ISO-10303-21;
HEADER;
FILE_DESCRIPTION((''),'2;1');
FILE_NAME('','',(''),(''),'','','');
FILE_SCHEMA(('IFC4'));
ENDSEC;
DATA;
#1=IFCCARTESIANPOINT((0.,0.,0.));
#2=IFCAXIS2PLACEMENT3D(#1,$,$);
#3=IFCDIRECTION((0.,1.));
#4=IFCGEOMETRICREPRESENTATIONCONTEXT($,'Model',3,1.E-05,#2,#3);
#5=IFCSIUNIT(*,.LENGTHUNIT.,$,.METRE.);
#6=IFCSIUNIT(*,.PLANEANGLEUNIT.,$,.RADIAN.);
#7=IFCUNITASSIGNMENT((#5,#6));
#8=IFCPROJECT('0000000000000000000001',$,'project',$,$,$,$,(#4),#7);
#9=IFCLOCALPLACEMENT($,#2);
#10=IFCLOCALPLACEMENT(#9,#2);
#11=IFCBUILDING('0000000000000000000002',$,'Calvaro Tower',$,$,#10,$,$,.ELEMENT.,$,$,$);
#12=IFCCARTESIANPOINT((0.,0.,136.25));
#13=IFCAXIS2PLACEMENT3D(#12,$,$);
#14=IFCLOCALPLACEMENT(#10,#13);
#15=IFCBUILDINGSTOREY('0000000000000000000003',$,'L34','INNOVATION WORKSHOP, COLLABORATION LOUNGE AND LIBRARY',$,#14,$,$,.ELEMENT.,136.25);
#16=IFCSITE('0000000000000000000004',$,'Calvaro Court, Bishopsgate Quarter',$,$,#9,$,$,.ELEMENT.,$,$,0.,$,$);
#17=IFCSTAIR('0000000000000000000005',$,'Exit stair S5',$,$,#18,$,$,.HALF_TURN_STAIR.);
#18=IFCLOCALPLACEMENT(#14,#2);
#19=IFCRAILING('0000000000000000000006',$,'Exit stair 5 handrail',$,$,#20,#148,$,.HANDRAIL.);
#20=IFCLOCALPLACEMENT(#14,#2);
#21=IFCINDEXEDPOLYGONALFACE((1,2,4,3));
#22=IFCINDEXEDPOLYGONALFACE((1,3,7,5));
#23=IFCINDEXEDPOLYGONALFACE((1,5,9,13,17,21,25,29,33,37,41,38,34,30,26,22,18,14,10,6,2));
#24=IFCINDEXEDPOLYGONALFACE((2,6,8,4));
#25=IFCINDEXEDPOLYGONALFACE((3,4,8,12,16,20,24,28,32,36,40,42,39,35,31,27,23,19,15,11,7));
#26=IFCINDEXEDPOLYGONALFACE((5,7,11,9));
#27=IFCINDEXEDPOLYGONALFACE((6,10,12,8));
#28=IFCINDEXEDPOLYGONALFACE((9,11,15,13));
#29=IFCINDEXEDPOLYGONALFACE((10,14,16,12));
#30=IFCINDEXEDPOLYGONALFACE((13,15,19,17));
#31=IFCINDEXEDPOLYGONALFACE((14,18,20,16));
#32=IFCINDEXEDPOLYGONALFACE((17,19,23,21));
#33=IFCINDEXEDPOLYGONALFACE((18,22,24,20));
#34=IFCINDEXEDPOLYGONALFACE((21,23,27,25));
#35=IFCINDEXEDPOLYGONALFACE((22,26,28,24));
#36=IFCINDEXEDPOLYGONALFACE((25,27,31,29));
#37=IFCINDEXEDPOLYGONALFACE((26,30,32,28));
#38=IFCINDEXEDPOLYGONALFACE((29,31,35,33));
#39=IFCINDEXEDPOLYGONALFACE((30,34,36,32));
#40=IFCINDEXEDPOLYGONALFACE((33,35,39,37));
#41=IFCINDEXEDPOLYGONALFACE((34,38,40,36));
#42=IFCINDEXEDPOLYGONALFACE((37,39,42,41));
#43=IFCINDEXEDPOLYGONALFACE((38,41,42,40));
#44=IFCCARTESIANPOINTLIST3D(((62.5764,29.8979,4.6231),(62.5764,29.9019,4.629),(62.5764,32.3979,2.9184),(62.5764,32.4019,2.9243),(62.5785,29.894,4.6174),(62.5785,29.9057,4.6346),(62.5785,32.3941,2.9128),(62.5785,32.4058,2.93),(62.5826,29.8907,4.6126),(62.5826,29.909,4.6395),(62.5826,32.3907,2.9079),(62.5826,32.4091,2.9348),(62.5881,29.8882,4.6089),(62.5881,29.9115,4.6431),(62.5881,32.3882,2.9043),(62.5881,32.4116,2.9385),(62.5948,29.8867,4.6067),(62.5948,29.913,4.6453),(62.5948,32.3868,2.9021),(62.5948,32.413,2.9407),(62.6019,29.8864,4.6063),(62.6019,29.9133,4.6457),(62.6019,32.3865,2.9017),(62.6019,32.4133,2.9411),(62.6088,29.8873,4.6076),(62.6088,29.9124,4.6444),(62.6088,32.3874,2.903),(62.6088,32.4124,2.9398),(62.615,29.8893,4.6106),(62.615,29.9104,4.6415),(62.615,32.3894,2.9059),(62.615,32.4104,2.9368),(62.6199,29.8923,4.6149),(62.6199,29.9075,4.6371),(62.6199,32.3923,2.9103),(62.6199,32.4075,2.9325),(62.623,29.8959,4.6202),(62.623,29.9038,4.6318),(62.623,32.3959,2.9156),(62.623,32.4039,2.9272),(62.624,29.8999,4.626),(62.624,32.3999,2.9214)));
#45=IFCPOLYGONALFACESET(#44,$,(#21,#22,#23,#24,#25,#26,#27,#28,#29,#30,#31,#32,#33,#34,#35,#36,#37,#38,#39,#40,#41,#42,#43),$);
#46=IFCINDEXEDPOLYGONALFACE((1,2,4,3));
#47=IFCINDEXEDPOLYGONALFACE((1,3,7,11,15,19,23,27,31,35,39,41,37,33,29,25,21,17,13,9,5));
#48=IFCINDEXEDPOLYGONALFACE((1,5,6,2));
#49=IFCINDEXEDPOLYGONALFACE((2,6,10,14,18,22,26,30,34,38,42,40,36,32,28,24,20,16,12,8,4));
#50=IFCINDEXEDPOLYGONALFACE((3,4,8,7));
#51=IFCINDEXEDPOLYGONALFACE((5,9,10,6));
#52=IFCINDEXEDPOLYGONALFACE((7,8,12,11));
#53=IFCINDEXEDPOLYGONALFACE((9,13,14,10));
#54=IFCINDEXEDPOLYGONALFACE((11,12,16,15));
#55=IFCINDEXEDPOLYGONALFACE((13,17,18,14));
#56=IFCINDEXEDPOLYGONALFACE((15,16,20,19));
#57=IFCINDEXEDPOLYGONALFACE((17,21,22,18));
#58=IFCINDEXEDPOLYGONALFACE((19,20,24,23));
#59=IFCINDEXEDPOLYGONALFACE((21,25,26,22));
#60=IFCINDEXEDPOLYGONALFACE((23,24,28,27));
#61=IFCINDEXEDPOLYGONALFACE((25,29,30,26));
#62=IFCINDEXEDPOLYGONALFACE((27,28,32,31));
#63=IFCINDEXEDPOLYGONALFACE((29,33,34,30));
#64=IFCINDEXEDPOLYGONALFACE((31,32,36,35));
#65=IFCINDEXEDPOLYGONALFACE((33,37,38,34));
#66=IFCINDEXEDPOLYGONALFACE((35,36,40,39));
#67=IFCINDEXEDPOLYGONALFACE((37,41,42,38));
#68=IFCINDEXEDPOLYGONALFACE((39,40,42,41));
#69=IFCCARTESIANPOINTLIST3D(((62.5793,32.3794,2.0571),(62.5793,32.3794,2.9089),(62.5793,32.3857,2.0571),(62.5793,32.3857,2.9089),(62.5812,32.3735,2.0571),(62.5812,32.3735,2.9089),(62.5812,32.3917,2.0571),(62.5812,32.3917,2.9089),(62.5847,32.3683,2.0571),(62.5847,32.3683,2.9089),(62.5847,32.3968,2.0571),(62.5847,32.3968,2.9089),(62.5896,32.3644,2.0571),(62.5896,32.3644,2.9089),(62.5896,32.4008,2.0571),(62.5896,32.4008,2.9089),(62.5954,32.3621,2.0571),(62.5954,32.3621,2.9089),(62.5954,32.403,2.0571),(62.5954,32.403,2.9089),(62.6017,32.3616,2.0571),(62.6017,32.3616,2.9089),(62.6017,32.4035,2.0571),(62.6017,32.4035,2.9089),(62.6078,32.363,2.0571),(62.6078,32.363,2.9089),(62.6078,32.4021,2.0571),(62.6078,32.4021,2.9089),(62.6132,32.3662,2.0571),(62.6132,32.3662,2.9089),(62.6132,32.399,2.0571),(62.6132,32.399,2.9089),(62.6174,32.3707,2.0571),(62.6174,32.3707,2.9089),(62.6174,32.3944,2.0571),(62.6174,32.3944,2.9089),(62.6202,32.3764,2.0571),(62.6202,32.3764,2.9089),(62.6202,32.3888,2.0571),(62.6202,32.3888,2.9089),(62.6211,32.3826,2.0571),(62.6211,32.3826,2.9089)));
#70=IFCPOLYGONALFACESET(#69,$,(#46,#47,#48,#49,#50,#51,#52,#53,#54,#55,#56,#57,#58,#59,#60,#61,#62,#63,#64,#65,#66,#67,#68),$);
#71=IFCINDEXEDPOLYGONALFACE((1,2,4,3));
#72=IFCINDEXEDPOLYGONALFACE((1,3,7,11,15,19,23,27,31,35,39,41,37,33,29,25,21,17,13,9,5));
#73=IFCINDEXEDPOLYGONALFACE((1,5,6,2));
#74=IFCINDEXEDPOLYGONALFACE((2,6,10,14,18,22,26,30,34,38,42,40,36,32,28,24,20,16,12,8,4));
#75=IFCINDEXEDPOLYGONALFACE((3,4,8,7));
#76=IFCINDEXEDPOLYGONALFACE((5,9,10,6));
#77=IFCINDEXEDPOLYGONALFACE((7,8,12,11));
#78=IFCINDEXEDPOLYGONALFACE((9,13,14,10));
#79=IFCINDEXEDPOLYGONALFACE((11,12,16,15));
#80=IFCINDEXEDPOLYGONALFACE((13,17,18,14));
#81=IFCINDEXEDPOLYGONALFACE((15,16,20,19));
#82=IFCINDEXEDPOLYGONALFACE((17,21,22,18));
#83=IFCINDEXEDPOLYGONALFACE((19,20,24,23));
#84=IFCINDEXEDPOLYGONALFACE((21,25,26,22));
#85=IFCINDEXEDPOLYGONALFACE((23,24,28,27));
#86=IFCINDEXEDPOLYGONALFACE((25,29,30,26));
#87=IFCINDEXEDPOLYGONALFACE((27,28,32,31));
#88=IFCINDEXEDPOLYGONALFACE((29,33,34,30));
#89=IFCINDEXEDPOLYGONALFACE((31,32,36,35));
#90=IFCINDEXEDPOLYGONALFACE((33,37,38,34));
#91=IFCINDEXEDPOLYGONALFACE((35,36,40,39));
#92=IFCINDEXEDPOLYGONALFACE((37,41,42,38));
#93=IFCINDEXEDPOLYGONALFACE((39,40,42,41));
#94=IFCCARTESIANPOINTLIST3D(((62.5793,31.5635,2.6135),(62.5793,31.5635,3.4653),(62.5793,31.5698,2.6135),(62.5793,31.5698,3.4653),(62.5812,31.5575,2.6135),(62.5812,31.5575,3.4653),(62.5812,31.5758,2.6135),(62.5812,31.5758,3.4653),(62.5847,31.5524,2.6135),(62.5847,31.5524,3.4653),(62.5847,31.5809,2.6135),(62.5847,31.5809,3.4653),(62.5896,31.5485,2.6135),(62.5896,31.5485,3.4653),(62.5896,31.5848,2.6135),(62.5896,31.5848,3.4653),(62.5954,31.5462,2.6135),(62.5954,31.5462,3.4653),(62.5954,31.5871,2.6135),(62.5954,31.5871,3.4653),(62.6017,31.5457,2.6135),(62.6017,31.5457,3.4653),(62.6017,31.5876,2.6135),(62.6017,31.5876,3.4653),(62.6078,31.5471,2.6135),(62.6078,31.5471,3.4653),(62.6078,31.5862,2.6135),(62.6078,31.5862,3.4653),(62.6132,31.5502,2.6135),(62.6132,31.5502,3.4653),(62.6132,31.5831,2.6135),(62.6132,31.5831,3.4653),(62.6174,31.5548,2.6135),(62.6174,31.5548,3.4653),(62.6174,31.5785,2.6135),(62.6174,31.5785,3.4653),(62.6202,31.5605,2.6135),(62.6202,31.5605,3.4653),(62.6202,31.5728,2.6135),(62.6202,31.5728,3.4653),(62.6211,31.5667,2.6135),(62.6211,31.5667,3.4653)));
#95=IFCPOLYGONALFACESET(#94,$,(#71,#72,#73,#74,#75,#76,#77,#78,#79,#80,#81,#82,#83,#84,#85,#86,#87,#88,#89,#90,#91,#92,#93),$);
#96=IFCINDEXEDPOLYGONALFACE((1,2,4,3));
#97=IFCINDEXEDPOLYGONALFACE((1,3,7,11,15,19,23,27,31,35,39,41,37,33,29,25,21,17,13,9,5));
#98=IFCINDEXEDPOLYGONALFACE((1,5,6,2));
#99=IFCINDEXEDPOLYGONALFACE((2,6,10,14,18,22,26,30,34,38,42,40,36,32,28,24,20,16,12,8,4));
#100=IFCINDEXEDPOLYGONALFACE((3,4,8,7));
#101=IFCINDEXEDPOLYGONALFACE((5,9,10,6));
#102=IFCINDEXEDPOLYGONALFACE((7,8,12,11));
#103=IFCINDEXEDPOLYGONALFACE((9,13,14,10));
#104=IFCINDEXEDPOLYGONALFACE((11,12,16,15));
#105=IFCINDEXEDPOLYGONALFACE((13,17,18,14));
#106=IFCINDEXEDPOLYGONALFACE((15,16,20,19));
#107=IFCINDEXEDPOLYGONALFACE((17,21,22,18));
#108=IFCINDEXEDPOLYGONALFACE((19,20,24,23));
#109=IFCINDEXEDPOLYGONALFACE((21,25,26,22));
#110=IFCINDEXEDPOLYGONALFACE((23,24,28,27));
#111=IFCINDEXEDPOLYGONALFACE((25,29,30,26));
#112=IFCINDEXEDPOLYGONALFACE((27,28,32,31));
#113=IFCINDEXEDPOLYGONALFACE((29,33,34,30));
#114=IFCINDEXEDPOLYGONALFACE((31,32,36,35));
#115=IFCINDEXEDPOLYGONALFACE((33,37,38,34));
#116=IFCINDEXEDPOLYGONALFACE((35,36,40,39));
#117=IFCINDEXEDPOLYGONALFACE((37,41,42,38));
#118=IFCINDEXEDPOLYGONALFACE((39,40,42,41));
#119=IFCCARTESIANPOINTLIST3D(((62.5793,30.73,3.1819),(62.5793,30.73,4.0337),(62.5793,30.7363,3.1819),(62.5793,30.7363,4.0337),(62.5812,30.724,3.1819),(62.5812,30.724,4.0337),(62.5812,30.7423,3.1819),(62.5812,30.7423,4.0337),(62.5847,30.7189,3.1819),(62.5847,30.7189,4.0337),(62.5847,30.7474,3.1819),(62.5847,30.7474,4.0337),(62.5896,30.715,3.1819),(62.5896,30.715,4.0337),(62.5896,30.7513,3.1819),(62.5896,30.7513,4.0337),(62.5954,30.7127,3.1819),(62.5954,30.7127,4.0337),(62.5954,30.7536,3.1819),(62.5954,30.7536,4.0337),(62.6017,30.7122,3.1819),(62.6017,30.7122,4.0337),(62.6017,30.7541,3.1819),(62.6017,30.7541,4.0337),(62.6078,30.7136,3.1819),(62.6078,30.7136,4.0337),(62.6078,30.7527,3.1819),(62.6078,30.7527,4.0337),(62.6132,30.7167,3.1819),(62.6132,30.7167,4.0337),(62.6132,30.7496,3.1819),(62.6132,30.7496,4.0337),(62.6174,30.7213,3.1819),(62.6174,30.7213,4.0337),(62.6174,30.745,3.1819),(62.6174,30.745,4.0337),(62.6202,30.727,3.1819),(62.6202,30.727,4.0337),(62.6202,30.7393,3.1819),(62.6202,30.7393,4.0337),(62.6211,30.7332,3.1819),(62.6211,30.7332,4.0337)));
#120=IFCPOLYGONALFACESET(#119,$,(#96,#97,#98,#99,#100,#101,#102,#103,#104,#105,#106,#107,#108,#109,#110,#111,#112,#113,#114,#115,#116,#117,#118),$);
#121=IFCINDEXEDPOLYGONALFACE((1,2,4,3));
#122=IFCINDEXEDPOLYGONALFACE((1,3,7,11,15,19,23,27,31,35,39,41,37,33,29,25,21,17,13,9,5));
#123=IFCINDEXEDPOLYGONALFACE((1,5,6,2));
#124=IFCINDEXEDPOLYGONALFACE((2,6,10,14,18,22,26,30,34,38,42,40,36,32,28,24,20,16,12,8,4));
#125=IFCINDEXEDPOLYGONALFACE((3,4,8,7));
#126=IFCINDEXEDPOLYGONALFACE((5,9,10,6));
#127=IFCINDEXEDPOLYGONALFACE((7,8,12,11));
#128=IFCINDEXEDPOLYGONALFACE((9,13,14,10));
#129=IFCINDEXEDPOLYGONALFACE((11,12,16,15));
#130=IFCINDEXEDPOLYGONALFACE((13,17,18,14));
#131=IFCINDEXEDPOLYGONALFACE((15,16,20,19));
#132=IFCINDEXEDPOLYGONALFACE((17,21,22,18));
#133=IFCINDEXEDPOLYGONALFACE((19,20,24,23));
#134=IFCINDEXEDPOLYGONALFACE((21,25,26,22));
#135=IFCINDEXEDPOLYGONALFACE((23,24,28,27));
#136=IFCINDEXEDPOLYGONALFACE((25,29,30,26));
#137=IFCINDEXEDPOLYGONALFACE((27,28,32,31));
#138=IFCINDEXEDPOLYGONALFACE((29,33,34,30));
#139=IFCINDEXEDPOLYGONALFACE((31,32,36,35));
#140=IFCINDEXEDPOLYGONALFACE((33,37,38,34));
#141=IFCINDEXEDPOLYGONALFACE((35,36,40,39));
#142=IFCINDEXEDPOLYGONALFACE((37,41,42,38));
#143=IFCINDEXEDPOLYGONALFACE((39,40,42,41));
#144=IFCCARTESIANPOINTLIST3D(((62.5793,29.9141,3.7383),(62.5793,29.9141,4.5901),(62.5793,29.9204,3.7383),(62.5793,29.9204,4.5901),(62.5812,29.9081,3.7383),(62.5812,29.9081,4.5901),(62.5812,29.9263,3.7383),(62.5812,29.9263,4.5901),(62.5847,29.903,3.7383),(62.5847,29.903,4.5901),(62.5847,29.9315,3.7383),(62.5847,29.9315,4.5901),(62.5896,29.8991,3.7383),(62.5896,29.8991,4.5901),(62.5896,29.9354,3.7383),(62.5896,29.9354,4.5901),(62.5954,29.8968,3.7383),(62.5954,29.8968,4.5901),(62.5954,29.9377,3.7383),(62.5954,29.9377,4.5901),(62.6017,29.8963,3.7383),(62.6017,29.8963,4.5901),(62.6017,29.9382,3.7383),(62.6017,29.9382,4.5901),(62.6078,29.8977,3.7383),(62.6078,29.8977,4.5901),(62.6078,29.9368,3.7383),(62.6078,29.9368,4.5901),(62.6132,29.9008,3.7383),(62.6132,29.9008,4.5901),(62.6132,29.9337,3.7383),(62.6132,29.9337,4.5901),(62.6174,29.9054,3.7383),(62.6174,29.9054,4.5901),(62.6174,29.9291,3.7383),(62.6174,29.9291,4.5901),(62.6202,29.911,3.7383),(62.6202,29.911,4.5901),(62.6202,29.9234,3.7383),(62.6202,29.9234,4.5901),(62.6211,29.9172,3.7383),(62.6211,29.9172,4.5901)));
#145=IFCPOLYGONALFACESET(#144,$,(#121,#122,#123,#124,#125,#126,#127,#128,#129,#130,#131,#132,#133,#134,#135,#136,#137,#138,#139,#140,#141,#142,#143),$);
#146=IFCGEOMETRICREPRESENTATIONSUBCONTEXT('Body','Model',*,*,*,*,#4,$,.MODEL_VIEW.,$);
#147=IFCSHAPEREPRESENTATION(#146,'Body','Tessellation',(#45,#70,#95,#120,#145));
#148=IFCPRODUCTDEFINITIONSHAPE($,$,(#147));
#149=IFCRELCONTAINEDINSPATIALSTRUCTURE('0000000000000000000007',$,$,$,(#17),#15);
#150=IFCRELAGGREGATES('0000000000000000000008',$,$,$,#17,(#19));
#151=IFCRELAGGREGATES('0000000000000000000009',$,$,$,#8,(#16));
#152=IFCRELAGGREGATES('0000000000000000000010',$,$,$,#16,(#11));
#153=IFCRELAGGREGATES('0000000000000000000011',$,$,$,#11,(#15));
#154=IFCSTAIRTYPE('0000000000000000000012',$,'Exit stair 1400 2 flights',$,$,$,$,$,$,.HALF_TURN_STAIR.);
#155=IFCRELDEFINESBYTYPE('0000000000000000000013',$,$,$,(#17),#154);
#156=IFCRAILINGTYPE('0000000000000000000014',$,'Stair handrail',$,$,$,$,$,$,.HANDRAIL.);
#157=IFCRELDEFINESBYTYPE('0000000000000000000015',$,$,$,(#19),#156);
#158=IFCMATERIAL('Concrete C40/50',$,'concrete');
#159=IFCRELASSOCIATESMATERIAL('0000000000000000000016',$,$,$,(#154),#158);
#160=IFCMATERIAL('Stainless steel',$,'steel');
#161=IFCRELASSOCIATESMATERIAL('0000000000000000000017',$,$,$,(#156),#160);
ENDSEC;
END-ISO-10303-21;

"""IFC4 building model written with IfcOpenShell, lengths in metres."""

from ifc_helpers import new_model, si_unit, direction, frame, origin, origin_2d, place, context, subcontext, project, spatial, circle, extrude, material, type_object, element, aggregate, save


model = new_model("IFC4")

# Units and contexts
model_context = context("Model", 3, precision=1e-05, world=origin(), true_north=direction((0.0, 1.0)))
body_context = subcontext(model_context, "Body", "Model", "MODEL_VIEW")
ifc_project = project(units=[si_unit("LENGTHUNIT", "METRE"), si_unit("PLANEANGLEUNIT", "RADIAN")], contexts=[model_context])

# Site, building, storey
site_placement = place(None, origin())
site = spatial("IfcSite", under=ifc_project, at=site_placement, Name="Calvaro Court, Bishopsgate Quarter", CompositionType="ELEMENT", RefElevation=0.0)
building_placement = place(site_placement, origin())
building = spatial("IfcBuilding", under=site, at=building_placement, Name="Calvaro Tower", CompositionType="ELEMENT")
storey_placement = place(building_placement, frame((0.0, 0.0, 136.25)))
storey = spatial("IfcBuildingStorey", under=building, at=storey_placement, Name="L34", Description="INNOVATION WORKSHOP, COLLABORATION LOUNGE AND LIBRARY", CompositionType="ELEMENT", Elevation=136.25)

# Stair
ifc_material_1 = material(Name="Concrete C40/50", Category="concrete")
stair_type = type_object("IfcStairType", Name="Exit stair 1400 2 flights", PredefinedType="HALF_TURN_STAIR", material=ifc_material_1)
stair_1_placement = place(storey_placement, origin())
stair_1 = element("IfcStair", 1, at=stair_1_placement, inside=storey, type_object=stair_type, Name="Exit stair S5", PredefinedType="HALF_TURN_STAIR")

# Shared definitions
ifc_material_2 = material(Name="Stainless steel", Category="steel")
railing_type = type_object("IfcRailingType", Name="Stair handrail", PredefinedType="HANDRAIL", material=ifc_material_2)

# Railing
railing_1_placement = place(storey_placement, frame((62.6001, 32.3999, 2.0454)))
railing_1 = element("IfcRailing", 2, at=railing_1_placement, type_object=railing_type, Name="Exit stair 5 handrail", PredefinedType="HANDRAIL", context=body_context, shape_type="SweptSolid", body=[
    extrude(circle(Radius=0.0239, at=origin_2d()), frame((0.0, 0.0, 0.876), z_axis=(0.0, -0.826221, 0.563347), x_axis=(1.0, 0.0, 0.0)), (0.0, 0.0, 1.0), 3.0259),
    extrude(circle(Radius=0.021, at=origin_2d()), frame((0.0, -0.0173, 0.0117)), (0.0, 0.0, 1.0), 0.8518),
    extrude(circle(Radius=0.021, at=origin_2d()), frame((0.0, -0.8333, 0.5681)), (0.0, 0.0, 1.0), 0.8518),
    extrude(circle(Radius=0.021, at=origin_2d()), frame((0.0, -1.6667, 1.1365)), (0.0, 0.0, 1.0), 0.8518),
    extrude(circle(Radius=0.021, at=origin_2d()), frame((0.0, -2.4827, 1.6929)), (0.0, 0.0, 1.0), 0.8518),
])
aggregate(stair_1, [railing_1])

save(model, "model.ifc")
